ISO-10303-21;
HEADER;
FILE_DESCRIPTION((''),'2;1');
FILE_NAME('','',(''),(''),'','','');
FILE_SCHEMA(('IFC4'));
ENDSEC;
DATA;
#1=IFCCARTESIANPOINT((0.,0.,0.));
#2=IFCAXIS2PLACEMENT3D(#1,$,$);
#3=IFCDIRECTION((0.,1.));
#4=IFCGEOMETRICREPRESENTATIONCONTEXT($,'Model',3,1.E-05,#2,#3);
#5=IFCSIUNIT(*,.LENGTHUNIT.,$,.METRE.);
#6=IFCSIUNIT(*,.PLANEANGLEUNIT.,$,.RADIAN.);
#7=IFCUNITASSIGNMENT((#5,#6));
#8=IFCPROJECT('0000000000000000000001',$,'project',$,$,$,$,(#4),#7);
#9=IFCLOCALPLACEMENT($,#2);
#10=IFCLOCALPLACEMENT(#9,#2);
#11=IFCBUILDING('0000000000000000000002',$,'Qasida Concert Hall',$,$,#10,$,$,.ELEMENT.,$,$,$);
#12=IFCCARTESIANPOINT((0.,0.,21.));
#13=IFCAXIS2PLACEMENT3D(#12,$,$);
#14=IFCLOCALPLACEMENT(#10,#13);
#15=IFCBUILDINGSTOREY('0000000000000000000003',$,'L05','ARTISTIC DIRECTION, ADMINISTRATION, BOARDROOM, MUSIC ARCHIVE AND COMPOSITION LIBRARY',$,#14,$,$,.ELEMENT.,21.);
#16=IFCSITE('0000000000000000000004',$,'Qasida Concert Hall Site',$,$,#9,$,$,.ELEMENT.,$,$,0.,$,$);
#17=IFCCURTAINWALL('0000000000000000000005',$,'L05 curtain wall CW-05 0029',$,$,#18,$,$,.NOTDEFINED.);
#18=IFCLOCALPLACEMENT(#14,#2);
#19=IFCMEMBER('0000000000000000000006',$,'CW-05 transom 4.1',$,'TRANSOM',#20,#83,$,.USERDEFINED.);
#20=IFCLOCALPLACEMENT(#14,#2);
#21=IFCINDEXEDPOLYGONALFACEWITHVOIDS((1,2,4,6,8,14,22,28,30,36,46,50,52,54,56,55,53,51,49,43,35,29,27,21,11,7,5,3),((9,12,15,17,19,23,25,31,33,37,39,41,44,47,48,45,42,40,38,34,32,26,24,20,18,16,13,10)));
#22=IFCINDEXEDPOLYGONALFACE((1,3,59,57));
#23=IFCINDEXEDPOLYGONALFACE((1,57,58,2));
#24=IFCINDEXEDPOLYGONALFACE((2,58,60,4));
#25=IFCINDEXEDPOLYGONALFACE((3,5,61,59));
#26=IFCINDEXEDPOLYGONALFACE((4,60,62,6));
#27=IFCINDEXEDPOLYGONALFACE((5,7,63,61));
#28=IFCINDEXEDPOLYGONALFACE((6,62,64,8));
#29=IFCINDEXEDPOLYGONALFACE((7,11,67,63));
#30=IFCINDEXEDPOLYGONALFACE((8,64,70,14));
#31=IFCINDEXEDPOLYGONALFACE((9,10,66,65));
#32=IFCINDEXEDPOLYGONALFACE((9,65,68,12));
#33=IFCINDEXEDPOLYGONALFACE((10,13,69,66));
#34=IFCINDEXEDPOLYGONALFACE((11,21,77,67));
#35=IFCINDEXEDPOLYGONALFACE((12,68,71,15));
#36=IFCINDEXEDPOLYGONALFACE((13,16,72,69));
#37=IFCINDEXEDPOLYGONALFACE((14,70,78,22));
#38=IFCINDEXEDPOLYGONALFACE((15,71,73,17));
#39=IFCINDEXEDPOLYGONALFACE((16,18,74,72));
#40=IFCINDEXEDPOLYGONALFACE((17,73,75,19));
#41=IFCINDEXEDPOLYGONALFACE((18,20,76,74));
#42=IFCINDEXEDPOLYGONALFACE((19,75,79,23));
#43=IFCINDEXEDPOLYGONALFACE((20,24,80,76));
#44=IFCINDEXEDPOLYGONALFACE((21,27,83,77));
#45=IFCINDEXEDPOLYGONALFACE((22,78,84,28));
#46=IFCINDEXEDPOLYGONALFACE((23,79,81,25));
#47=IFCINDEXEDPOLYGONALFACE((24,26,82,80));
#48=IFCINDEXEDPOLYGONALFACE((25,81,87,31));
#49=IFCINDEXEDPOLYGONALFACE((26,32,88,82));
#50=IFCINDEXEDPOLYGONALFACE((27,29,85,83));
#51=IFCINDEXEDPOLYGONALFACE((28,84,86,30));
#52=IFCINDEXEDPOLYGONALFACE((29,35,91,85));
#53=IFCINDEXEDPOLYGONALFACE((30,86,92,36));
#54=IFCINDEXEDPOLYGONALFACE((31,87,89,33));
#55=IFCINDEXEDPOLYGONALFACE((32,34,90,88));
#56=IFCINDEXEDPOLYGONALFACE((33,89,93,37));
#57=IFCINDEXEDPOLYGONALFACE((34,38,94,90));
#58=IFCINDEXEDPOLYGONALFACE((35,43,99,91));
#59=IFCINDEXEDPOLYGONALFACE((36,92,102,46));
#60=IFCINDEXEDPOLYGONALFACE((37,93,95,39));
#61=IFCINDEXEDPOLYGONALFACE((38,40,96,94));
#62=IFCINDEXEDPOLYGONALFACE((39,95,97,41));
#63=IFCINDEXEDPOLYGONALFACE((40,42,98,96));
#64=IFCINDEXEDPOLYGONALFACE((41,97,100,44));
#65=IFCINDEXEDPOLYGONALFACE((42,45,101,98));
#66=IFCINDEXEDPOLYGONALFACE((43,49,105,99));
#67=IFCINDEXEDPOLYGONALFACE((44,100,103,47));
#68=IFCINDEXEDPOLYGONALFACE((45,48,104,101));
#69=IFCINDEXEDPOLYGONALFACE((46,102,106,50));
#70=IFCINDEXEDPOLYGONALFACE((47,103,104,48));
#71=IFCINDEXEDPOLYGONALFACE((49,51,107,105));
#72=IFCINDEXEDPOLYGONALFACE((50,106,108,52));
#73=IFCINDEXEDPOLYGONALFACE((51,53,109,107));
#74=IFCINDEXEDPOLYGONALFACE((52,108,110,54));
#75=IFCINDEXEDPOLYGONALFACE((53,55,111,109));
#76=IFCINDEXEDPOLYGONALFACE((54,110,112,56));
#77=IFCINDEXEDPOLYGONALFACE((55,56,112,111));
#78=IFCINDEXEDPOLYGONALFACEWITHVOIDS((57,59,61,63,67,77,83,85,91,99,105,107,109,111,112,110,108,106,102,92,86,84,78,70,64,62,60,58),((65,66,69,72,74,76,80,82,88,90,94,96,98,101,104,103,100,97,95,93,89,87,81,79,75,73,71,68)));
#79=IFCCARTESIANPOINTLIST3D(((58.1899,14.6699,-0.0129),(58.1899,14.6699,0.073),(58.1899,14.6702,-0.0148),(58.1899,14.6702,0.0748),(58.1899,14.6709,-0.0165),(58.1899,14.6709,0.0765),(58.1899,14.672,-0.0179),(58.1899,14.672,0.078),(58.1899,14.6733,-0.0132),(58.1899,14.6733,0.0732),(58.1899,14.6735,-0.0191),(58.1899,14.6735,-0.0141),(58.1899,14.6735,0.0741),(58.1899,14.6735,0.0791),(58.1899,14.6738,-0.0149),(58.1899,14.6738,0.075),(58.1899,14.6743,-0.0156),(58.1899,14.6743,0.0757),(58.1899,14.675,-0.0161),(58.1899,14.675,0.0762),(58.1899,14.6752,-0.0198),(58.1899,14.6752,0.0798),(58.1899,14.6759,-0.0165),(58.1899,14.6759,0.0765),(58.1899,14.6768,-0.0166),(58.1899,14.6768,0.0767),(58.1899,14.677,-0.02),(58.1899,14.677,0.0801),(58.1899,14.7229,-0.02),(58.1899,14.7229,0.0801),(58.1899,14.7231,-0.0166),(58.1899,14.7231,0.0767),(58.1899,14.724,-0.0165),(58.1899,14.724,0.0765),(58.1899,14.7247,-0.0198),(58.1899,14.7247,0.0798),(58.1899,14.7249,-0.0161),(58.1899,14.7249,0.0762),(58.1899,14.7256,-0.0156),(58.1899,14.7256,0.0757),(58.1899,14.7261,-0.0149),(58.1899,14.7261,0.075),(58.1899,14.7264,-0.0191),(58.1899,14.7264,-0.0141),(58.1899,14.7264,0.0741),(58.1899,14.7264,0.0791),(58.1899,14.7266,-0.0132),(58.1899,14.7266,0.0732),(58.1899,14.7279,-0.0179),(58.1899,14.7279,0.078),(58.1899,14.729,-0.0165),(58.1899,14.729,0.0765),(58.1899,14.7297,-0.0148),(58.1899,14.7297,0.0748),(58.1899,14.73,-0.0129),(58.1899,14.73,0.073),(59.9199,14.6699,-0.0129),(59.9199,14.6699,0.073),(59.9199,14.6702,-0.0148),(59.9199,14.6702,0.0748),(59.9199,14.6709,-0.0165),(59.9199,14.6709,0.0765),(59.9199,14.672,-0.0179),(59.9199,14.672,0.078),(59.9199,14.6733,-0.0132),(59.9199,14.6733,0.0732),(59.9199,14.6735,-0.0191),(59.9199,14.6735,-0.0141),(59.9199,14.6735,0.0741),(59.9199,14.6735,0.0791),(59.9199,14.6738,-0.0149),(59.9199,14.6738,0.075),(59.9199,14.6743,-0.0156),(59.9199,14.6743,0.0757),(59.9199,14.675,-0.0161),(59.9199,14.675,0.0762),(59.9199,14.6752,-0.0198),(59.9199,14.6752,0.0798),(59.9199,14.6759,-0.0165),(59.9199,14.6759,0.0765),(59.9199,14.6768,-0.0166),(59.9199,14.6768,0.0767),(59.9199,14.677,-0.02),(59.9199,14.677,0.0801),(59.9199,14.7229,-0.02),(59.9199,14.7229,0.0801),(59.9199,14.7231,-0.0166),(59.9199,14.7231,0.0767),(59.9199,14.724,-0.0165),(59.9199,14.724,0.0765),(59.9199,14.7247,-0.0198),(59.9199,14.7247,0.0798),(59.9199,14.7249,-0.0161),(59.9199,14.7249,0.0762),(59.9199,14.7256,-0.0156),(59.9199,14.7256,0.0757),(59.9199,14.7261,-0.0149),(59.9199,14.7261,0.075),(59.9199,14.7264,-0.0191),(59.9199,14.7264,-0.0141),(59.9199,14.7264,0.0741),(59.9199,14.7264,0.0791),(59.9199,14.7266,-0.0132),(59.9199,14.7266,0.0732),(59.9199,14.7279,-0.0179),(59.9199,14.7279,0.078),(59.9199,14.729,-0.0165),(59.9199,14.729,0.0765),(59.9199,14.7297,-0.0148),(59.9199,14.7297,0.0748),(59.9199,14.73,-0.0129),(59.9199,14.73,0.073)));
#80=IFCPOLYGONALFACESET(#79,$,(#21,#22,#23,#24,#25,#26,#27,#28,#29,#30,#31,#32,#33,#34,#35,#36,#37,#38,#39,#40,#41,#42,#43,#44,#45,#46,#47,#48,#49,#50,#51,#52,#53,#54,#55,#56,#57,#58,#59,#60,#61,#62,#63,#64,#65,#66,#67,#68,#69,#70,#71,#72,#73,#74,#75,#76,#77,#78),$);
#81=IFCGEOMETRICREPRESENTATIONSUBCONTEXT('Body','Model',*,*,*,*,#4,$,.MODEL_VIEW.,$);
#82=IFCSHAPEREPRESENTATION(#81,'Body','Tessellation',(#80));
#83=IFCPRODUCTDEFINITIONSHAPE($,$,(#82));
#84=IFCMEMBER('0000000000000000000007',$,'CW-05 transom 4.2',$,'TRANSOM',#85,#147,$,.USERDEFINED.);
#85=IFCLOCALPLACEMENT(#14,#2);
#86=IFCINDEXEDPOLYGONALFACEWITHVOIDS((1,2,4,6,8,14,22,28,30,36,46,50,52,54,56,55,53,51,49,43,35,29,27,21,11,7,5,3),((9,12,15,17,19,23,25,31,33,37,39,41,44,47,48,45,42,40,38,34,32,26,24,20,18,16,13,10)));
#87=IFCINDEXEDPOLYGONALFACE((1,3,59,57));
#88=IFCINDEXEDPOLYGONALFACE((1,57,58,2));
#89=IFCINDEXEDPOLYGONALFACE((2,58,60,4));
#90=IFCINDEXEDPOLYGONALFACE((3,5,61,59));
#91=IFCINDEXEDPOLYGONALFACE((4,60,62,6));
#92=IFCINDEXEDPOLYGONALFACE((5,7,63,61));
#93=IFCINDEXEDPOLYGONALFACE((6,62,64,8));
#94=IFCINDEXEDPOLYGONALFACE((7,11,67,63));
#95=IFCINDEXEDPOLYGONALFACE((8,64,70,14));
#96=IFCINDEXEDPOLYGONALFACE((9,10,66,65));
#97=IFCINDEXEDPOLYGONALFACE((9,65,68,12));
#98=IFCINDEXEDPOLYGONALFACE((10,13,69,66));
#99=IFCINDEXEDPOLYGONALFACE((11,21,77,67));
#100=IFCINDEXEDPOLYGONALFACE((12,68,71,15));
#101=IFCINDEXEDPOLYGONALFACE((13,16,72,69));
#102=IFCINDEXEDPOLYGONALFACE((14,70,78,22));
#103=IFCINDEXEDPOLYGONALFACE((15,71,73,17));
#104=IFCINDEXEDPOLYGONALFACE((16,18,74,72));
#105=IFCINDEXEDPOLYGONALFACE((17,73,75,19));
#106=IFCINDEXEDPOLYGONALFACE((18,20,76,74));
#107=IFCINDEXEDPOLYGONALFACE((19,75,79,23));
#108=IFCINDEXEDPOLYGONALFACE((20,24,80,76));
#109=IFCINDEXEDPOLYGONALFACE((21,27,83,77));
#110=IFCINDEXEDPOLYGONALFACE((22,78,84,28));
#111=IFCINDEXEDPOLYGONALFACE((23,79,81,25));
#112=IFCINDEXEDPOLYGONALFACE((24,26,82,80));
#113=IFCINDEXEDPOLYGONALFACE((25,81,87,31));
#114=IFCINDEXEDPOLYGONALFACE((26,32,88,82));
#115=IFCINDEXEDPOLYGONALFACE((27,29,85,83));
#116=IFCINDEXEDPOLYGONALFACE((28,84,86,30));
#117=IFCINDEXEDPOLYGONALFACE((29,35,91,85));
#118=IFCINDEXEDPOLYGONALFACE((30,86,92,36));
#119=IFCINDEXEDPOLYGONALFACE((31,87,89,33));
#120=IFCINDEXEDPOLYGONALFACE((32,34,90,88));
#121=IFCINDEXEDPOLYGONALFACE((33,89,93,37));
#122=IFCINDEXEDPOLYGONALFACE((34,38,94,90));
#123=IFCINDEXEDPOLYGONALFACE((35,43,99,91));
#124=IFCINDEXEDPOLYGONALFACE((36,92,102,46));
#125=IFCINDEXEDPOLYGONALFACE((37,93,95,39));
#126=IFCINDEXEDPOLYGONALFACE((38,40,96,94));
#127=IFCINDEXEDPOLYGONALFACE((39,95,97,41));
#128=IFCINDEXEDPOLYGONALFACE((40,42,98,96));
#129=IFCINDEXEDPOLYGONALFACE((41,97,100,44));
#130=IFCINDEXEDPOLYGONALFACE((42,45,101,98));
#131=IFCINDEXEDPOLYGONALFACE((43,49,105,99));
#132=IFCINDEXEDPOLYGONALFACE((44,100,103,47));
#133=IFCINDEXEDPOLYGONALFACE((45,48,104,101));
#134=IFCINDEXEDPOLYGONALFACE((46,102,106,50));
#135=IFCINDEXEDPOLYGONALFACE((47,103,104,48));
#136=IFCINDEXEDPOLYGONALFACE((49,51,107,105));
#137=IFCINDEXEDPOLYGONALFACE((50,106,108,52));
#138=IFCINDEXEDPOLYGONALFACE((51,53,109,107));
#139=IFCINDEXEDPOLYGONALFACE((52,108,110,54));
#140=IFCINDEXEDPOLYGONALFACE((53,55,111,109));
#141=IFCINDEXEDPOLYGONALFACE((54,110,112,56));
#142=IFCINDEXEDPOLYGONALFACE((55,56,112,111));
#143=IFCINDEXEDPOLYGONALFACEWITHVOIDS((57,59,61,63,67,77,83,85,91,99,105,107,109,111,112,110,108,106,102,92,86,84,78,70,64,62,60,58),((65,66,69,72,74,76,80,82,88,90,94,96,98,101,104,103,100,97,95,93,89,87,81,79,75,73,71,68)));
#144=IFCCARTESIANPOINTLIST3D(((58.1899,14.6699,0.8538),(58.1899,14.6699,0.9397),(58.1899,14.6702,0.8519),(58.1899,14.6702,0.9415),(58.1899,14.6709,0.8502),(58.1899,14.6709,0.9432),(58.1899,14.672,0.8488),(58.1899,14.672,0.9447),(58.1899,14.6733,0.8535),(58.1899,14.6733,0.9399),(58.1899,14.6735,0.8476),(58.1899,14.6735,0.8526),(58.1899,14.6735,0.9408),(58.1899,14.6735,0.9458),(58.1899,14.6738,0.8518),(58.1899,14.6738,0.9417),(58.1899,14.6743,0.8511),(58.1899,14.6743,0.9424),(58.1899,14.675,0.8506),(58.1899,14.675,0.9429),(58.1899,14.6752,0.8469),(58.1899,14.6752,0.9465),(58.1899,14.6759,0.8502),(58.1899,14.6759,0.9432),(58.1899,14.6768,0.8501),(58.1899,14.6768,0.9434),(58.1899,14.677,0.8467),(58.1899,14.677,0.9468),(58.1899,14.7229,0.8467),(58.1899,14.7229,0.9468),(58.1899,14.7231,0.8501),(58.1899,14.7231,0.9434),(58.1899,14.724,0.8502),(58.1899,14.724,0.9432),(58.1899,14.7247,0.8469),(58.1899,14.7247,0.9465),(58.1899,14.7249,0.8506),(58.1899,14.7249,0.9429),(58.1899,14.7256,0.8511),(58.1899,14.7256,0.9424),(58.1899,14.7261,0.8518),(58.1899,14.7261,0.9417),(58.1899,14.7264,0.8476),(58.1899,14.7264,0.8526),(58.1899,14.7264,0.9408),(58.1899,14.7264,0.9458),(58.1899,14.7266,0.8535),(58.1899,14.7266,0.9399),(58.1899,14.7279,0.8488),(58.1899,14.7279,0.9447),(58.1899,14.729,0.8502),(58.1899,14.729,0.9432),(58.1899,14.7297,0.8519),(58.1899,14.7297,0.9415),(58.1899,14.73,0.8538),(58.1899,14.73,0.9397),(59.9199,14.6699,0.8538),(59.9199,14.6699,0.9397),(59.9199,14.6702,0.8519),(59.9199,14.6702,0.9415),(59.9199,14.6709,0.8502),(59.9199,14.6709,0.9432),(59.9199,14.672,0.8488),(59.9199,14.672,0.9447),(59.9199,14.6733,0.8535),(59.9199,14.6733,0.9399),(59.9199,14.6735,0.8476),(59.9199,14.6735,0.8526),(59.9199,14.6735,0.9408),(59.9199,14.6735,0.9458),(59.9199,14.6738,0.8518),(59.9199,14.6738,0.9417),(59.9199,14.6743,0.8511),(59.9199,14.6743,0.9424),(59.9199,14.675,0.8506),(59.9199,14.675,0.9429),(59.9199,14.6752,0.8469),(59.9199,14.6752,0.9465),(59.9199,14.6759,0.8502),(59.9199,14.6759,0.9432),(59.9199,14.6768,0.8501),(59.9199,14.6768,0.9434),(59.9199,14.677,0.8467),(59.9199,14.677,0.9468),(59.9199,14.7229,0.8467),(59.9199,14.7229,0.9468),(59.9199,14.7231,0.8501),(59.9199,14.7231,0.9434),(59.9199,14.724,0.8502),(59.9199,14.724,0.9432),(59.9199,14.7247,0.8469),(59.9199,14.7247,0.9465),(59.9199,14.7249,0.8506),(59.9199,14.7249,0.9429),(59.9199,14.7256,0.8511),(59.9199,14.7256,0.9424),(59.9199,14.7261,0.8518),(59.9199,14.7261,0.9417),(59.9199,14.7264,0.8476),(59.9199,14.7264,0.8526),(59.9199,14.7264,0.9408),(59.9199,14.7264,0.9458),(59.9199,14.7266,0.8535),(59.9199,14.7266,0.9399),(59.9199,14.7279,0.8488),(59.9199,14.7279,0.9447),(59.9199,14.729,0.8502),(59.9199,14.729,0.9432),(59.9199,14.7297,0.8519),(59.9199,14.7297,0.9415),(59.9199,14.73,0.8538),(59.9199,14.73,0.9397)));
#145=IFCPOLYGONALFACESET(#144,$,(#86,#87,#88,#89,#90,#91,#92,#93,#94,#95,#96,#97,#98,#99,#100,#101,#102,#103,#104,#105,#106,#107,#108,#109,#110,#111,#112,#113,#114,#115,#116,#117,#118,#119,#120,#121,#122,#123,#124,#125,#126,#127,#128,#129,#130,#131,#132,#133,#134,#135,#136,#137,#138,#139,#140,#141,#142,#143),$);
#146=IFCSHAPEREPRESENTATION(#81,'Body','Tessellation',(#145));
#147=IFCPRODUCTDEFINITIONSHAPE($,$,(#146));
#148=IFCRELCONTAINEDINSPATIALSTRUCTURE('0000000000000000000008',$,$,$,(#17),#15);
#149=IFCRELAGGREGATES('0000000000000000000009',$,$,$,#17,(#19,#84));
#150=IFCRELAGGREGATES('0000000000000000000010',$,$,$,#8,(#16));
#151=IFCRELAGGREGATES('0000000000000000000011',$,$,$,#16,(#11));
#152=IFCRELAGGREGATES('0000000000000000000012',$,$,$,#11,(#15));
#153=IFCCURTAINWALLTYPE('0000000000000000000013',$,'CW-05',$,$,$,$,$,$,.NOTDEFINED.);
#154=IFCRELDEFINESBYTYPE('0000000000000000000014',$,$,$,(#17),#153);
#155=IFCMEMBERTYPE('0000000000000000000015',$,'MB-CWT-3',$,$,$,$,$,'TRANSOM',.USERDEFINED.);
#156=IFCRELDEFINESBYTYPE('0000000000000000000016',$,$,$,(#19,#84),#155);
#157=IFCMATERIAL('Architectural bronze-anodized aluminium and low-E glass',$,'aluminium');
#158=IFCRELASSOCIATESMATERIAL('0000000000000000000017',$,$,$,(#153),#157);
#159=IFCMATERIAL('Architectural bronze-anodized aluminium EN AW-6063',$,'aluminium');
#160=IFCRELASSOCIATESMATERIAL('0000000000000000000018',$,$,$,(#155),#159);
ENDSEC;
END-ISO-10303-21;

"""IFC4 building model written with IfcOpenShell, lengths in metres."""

from ifc_helpers import new_model, si_unit, direction, frame, origin, origin_2d, place, context, subcontext, project, spatial, hollow_rectangle, extrude, material, material_profile, profile_set, type_object, element, aggregate, save


model = new_model("IFC4")

# Units and contexts
model_context = context("Model", 3, precision=1e-05, world=origin(), true_north=direction((0.0, 1.0)))
body_context = subcontext(model_context, "Body", "Model", "MODEL_VIEW")
ifc_project = project(units=[si_unit("LENGTHUNIT", "METRE"), si_unit("PLANEANGLEUNIT", "RADIAN")], contexts=[model_context])

# Site, building, storey
site_placement = place(None, origin())
site = spatial("IfcSite", under=ifc_project, at=site_placement, Name="Qasida Concert Hall Site", CompositionType="ELEMENT", RefElevation=0.0)
building_placement = place(site_placement, origin())
building = spatial("IfcBuilding", under=site, at=building_placement, Name="Qasida Concert Hall", CompositionType="ELEMENT")
storey_placement = place(building_placement, frame((0.0, 0.0, 21.0)))
storey = spatial("IfcBuildingStorey", under=building, at=storey_placement, Name="L05", Description="ARTISTIC DIRECTION, ADMINISTRATION, BOARDROOM, MUSIC ARCHIVE AND COMPOSITION LIBRARY", CompositionType="ELEMENT", Elevation=21.0)

# Curtain wall
ifc_material_1 = material(Name="Architectural bronze-anodized aluminium and low-E glass", Category="aluminium")
curtain_wall_type = type_object("IfcCurtainWallType", Name="CW-05", PredefinedType="NOTDEFINED", material=ifc_material_1)
curtain_wall_1_placement = place(storey_placement, origin())
curtain_wall_1 = element("IfcCurtainWall", 1, at=curtain_wall_1_placement, inside=storey, type_object=curtain_wall_type, Name="L05 curtain wall CW-05 0029", PredefinedType="NOTDEFINED")
ifc_material_2 = material(Name="Architectural bronze-anodized aluminium EN AW-6063", Category="aluminium")

# Members
ifc_material_profile_1 = material_profile(ifc_material_2, hollow_rectangle(XDim=0.0601, YDim=0.1001, WallThickness=0.0034, InnerFilletRadius=0.0034, OuterFilletRadius=0.0071, at=origin_2d()), Name="CWT 100x60x3.5")
ifc_profile_set_1 = profile_set([ifc_material_profile_1], Name="Architectural bronze-anodized aluminium EN AW-6063")
member_type_1 = type_object("IfcMemberType", Name="MB-CWT-3", ElementType="TRANSOM", PredefinedType="USERDEFINED", material=ifc_profile_set_1)
member_1_placement = place(storey_placement, frame((58.1899, 14.7, 0.03), z_axis=(1.0, 0.0, 0.0), x_axis=(0.0, 1.0, 0.0)))
member_1 = element("IfcMember", 2, at=member_1_placement, type_object=member_type_1, Name="CW-05 transom 4.1", ObjectType="TRANSOM", PredefinedType="USERDEFINED", context=body_context, shape_type="SweptSolid", body=[
    extrude(hollow_rectangle(XDim=0.0601, YDim=0.1001, WallThickness=0.0034, InnerFilletRadius=0.0034, OuterFilletRadius=0.0071, at=origin_2d()), origin(), (0.0, 0.0, 1.0), 1.73),
])
member_2_placement = place(storey_placement, frame((58.1899, 14.7, 0.8967), z_axis=(1.0, 0.0, 0.0), x_axis=(0.0, 1.0, 0.0)))
member_2 = element("IfcMember", 3, at=member_2_placement, type_object=member_type_1, Name="CW-05 transom 4.2", ObjectType="TRANSOM", PredefinedType="USERDEFINED", context=body_context, shape_type="SweptSolid", body=[
    extrude(hollow_rectangle(XDim=0.0601, YDim=0.1001, WallThickness=0.0034, InnerFilletRadius=0.0034, OuterFilletRadius=0.0071, at=origin_2d()), origin(), (0.0, 0.0, 1.0), 1.73),
])

aggregate(curtain_wall_1, [member_1, member_2])

save(model, "model.ifc")
